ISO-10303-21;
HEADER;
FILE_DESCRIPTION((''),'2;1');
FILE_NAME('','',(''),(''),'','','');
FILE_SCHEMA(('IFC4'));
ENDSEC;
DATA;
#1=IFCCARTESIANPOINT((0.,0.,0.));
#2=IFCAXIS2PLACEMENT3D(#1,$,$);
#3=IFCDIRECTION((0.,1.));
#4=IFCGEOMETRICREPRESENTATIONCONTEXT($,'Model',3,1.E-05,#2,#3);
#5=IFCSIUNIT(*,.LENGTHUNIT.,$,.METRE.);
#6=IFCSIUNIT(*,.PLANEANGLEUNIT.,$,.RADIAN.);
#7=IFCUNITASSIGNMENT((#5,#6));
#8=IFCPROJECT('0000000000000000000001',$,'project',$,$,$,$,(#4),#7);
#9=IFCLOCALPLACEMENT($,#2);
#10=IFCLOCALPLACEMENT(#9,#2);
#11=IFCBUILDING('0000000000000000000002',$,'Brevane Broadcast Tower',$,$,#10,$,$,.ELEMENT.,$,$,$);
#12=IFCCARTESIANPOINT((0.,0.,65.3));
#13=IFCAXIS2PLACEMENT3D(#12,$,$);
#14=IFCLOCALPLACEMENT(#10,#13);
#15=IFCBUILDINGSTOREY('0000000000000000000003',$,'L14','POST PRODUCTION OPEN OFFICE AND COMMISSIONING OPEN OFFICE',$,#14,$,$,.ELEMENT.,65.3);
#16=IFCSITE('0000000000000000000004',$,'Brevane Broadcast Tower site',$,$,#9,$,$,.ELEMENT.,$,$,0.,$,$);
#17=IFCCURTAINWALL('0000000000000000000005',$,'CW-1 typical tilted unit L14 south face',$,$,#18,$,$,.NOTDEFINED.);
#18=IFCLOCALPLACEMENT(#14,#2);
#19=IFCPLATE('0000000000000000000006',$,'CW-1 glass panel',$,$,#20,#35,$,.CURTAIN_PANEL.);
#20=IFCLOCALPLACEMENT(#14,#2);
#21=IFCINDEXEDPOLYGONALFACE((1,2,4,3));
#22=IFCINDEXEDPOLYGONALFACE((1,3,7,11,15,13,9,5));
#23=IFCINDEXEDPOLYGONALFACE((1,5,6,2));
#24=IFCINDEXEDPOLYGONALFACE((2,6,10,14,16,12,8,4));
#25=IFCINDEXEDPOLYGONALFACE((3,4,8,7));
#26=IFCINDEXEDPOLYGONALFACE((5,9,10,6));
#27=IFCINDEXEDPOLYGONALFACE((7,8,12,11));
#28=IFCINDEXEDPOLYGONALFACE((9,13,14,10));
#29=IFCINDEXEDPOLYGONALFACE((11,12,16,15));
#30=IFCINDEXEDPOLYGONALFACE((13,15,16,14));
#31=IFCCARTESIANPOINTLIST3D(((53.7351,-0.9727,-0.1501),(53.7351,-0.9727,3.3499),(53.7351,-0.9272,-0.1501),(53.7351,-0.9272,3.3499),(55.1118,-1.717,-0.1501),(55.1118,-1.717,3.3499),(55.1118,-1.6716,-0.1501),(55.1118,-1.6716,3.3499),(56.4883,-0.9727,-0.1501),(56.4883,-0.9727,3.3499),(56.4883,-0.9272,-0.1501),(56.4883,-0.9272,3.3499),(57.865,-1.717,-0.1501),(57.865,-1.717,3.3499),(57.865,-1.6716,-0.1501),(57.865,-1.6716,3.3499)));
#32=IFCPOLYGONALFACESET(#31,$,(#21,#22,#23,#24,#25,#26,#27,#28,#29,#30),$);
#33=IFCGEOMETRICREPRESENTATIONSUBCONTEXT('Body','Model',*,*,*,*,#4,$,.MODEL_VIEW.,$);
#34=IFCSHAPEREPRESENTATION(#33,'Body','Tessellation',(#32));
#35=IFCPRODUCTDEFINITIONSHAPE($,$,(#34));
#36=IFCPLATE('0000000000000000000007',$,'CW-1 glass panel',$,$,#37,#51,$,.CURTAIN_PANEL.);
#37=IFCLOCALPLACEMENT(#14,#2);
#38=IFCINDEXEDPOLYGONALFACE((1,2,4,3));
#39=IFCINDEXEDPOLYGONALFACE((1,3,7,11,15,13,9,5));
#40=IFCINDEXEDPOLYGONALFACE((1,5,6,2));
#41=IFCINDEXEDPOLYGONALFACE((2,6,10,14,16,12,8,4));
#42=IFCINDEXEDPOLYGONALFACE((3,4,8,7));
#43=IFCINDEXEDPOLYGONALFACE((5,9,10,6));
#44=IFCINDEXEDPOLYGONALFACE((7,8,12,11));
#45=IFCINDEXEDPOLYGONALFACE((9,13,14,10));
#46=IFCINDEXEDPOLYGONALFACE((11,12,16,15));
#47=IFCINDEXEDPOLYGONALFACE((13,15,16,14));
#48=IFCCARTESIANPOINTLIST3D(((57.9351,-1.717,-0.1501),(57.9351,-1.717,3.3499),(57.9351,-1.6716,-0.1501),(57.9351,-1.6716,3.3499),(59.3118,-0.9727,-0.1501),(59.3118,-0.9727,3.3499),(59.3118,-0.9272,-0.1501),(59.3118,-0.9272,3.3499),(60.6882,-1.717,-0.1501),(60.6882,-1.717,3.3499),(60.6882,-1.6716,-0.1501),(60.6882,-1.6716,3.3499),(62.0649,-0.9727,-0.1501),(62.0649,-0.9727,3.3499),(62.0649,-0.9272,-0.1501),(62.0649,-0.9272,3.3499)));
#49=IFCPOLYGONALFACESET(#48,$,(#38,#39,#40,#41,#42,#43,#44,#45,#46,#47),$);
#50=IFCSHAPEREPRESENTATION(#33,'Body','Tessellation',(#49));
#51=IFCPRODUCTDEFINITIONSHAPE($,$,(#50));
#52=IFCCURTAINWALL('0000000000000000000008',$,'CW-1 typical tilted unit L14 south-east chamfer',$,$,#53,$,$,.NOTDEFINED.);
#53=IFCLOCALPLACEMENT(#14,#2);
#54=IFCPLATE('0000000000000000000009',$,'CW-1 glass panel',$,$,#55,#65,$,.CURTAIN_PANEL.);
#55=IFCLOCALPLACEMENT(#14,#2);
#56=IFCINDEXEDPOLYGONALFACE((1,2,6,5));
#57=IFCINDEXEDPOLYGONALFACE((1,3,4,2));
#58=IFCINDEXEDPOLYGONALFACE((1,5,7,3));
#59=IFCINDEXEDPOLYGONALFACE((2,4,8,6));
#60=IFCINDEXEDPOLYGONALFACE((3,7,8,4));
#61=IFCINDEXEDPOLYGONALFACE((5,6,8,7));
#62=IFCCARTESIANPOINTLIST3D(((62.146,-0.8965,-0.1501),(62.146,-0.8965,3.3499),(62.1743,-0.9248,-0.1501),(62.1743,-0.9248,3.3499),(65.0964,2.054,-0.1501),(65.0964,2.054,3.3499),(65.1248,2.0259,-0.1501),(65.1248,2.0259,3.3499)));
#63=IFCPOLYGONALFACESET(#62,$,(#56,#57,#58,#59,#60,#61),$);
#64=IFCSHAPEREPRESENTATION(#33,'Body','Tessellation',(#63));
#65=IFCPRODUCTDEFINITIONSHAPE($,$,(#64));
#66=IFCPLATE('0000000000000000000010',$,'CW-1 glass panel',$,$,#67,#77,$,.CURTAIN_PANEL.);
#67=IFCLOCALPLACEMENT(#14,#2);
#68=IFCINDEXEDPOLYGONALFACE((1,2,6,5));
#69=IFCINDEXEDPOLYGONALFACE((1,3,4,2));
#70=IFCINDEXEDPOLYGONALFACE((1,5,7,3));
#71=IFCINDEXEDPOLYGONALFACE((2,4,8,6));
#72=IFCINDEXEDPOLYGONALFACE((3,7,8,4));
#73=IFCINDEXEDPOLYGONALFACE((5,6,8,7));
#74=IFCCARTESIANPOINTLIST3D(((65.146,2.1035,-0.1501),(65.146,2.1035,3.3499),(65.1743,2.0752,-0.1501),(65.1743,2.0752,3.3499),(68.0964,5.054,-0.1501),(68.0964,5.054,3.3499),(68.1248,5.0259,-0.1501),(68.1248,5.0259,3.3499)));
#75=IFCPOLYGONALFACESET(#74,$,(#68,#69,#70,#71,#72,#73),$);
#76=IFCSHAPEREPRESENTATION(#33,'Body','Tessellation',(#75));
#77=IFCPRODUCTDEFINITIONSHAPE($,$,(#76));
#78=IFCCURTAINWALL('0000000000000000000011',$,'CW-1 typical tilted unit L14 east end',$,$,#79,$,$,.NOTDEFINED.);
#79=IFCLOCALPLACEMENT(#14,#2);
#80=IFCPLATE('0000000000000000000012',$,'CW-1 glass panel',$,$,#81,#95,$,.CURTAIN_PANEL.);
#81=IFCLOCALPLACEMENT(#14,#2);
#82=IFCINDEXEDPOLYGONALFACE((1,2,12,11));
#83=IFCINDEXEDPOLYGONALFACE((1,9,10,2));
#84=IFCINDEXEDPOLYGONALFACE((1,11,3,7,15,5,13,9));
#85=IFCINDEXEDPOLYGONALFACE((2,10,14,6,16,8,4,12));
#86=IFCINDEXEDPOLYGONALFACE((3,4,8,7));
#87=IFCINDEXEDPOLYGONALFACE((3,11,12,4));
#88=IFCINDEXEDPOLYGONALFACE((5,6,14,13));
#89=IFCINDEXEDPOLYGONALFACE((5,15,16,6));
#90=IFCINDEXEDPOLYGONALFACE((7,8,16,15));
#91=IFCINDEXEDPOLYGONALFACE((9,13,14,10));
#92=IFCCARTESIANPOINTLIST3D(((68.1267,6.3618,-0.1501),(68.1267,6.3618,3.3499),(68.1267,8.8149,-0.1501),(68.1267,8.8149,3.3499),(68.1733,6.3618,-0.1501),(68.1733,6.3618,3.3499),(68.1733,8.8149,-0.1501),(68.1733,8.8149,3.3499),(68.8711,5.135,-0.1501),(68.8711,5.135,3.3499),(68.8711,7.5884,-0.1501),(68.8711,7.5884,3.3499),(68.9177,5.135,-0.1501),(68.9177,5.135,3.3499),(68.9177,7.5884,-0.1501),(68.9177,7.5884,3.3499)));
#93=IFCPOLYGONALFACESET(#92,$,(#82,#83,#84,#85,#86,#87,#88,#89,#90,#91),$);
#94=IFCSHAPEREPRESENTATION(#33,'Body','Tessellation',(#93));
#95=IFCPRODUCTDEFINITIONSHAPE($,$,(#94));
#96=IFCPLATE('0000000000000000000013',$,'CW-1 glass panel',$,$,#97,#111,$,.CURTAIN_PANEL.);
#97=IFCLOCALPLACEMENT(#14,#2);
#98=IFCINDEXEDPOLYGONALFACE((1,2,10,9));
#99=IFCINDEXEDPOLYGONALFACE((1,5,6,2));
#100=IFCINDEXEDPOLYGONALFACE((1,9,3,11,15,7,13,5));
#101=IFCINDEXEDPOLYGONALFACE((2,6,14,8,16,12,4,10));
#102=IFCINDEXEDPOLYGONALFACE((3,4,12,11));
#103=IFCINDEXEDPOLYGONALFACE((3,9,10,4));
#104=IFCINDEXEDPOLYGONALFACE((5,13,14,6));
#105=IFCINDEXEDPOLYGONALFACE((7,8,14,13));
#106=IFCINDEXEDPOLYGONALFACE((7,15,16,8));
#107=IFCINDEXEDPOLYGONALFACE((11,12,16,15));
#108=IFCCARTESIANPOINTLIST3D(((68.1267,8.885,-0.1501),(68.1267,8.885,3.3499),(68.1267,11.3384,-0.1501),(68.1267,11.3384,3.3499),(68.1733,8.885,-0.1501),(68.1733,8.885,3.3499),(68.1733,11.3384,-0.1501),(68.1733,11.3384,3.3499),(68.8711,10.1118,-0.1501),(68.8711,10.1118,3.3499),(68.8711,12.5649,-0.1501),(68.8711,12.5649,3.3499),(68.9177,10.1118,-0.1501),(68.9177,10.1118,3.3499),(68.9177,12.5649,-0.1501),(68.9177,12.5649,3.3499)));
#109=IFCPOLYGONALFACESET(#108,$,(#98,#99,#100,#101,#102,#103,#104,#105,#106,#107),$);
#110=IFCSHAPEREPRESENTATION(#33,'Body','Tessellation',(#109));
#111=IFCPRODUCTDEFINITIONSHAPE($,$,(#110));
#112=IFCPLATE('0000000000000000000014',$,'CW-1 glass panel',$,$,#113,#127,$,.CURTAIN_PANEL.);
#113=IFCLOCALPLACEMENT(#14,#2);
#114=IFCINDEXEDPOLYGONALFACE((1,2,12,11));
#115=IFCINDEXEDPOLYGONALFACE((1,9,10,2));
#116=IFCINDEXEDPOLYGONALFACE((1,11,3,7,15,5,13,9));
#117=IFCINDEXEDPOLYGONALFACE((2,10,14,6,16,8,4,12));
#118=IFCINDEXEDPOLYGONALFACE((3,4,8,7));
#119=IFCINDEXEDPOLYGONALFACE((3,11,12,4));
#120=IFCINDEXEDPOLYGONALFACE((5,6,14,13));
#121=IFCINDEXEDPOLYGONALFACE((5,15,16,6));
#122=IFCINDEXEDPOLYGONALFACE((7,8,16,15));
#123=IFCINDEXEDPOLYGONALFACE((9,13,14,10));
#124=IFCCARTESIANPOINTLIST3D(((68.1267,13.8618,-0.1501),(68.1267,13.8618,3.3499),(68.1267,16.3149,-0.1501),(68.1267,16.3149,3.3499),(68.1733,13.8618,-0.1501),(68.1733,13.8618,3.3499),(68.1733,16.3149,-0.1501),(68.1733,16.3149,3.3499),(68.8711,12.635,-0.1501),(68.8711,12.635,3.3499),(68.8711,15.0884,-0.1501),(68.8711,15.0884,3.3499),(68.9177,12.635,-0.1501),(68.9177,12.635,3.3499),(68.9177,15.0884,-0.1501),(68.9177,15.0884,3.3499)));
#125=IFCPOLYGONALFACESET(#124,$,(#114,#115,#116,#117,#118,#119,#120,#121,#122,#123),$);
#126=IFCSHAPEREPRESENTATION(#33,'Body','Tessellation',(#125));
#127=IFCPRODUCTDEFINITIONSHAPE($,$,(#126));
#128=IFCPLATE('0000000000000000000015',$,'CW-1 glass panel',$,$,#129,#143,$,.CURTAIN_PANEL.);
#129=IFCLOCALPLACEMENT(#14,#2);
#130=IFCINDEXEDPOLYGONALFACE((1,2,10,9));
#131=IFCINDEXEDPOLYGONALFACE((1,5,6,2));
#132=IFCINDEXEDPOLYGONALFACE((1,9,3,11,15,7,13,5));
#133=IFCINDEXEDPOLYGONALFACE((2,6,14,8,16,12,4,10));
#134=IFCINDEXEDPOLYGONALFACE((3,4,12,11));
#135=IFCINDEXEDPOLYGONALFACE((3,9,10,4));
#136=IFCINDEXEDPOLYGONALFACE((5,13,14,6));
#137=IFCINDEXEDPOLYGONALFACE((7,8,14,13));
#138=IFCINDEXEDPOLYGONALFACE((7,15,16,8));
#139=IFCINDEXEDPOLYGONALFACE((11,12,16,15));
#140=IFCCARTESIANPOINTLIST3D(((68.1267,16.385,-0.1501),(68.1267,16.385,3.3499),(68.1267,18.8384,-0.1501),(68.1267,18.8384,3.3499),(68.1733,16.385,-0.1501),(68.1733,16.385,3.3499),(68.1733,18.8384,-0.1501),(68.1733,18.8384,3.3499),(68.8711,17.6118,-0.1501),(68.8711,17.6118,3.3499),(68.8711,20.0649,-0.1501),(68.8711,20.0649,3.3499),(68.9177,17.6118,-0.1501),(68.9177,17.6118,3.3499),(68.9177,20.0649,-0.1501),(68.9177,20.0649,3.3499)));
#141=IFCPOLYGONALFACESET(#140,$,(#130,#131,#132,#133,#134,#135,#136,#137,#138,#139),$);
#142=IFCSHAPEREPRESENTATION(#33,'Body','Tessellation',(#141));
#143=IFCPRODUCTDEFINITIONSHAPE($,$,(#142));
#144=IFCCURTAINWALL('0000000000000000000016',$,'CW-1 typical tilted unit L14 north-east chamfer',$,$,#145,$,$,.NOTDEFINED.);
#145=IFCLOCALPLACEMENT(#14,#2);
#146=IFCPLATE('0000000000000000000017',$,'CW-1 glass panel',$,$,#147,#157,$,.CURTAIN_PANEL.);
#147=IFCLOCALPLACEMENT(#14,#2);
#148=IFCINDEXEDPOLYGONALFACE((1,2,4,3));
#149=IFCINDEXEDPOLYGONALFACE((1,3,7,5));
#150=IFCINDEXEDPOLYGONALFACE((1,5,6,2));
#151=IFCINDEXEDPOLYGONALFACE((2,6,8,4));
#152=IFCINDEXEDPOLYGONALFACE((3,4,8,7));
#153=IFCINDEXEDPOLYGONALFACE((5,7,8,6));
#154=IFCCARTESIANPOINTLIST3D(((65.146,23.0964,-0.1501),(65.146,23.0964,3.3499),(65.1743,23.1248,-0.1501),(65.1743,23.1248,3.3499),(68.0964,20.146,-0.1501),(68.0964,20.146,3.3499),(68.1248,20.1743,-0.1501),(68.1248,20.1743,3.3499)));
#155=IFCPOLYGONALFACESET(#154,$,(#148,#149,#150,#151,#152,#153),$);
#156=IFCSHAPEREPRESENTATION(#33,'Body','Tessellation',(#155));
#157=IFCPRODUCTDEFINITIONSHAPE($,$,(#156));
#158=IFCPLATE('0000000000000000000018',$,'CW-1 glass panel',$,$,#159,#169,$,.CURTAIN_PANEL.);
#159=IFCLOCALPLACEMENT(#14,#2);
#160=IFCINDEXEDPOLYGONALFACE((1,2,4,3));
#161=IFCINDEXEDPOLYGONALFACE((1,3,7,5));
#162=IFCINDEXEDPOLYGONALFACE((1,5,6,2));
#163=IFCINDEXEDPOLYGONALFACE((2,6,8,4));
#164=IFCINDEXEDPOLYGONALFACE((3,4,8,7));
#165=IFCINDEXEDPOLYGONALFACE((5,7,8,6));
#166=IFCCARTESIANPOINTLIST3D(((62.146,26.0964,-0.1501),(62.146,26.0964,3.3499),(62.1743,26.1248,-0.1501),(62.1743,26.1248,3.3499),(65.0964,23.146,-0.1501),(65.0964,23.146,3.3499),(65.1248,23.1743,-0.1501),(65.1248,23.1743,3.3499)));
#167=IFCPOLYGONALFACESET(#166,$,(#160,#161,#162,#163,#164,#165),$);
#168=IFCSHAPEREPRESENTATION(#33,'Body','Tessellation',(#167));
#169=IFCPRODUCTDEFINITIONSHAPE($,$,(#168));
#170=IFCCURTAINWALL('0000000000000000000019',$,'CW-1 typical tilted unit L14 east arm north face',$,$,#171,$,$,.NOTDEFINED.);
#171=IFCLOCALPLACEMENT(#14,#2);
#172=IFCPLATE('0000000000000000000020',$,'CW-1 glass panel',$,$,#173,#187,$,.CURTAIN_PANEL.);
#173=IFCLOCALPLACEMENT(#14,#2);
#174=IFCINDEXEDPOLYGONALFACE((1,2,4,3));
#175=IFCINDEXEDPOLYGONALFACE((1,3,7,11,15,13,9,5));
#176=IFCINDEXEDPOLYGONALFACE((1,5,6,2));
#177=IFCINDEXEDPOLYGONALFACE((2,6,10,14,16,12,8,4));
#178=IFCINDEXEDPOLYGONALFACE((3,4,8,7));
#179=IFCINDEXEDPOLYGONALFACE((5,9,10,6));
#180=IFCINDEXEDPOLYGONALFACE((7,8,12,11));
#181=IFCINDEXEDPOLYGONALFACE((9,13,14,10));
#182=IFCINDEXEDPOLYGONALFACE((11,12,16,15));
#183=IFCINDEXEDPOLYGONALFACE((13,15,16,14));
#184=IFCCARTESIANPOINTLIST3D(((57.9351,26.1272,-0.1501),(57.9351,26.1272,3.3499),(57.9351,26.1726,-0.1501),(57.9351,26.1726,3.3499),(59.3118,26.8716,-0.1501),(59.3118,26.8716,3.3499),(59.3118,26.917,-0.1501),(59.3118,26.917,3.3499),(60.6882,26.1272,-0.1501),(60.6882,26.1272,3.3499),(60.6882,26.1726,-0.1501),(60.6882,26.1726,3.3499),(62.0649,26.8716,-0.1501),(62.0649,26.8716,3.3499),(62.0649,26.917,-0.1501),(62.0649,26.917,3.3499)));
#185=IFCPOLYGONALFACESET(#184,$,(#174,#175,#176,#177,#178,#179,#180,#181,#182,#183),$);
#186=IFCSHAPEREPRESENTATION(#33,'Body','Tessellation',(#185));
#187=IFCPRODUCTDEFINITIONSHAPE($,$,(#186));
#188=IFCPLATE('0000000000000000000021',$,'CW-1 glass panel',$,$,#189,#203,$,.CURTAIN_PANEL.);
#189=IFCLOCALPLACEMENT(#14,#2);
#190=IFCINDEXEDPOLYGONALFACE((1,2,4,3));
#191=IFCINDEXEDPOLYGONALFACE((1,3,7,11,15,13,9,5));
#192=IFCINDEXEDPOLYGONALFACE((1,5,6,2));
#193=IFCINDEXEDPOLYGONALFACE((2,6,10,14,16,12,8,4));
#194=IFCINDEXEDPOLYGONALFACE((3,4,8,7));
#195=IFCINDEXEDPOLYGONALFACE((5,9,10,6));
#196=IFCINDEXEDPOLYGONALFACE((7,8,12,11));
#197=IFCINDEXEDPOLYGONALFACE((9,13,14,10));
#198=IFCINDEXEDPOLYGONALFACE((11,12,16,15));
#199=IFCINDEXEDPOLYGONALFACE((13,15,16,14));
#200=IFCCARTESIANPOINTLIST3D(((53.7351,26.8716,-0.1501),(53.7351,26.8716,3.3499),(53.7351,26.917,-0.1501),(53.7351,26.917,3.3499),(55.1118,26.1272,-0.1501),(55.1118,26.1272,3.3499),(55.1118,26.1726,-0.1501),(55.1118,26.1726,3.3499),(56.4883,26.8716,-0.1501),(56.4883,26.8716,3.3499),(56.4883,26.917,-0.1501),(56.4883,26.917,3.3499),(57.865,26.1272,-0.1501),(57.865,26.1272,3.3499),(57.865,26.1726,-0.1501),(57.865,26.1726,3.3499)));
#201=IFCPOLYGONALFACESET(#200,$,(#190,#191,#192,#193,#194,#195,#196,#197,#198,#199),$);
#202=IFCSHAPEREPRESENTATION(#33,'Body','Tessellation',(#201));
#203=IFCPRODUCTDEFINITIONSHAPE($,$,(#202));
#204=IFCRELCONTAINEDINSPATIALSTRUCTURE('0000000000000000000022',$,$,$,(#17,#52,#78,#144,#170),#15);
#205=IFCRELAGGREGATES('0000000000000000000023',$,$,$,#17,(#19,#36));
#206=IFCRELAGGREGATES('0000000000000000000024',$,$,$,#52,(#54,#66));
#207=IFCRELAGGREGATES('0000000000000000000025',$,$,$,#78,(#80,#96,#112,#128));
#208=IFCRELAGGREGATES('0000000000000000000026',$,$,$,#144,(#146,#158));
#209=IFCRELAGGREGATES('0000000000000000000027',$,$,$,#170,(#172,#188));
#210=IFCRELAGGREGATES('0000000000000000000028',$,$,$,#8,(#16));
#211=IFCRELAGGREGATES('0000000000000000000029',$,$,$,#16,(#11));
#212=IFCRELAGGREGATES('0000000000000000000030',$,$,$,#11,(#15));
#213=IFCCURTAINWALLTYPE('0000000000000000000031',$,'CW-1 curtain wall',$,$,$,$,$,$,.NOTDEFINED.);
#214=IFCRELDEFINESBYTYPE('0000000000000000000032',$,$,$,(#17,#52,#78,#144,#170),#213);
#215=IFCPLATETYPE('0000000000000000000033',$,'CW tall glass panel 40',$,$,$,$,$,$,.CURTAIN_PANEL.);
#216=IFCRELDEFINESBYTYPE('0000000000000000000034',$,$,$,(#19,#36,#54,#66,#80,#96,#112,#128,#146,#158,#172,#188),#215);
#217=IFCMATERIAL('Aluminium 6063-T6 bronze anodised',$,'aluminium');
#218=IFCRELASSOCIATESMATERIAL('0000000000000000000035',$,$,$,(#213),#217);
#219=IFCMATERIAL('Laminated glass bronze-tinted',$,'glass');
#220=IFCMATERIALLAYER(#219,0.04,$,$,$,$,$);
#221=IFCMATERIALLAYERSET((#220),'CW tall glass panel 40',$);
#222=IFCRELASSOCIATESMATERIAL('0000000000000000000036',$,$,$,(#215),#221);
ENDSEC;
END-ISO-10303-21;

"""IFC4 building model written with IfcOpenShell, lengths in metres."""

from ifc_helpers import new_model, si_unit, direction, frame, origin, place, context, subcontext, project, spatial, polyline, outline, extrude, material, layer, layer_set, type_object, element, aggregate, save


model = new_model("IFC4")

# Units and contexts
model_context = context("Model", 3, precision=1e-05, world=origin(), true_north=direction((0.0, 1.0)))
body_context = subcontext(model_context, "Body", "Model", "MODEL_VIEW")
ifc_project = project(units=[si_unit("LENGTHUNIT", "METRE"), si_unit("PLANEANGLEUNIT", "RADIAN")], contexts=[model_context])

# Site, building, storey
site_placement = place(None, origin())
site = spatial("IfcSite", under=ifc_project, at=site_placement, Name="Brevane Broadcast Tower site", CompositionType="ELEMENT", RefElevation=0.0)
building_placement = place(site_placement, origin())
building = spatial("IfcBuilding", under=site, at=building_placement, Name="Brevane Broadcast Tower", CompositionType="ELEMENT")
storey_placement = place(building_placement, frame((0.0, 0.0, 65.3)))
storey = spatial("IfcBuildingStorey", under=building, at=storey_placement, Name="L14", Description="POST PRODUCTION OPEN OFFICE AND COMMISSIONING OPEN OFFICE", CompositionType="ELEMENT", Elevation=65.3)

# Curtain walls, plates
ifc_material_1 = material(Name="Aluminium 6063-T6 bronze anodised", Category="aluminium")
curtain_wall_type = type_object("IfcCurtainWallType", Name="CW-1 curtain wall", PredefinedType="NOTDEFINED", material=ifc_material_1)
curtain_wall_1_placement = place(storey_placement, origin())
curtain_wall_1 = element("IfcCurtainWall", 1, at=curtain_wall_1_placement, inside=storey, type_object=curtain_wall_type, Name="CW-1 typical tilted unit L14 south face", PredefinedType="NOTDEFINED")
ifc_material_2 = material(Name="Laminated glass bronze-tinted", Category="glass")
ifc_layer = layer(ifc_material_2, 0.04)
ifc_layer_set = layer_set([ifc_layer], Name="CW tall glass panel 40")
plate_type = type_object("IfcPlateType", Name="CW tall glass panel 40", PredefinedType="CURTAIN_PANEL", material=ifc_layer_set)
plate_1_placement = place(storey_placement, frame((0.0, 0.0, -0.1501)))
plate_1 = element("IfcPlate", 2, at=plate_1_placement, type_object=plate_type, Name="CW-1 glass panel", PredefinedType="CURTAIN_PANEL", context=body_context, shape_type="SweptSolid", body=[
    extrude(outline(polyline([(53.7351, -0.9272), (53.7351, -0.9727), (55.1118, -1.717), (56.4883, -0.9727), (57.865, -1.717), (57.865, -1.6716), (56.4883, -0.9272), (55.1118, -1.6716), (53.7351, -0.9272)])), origin(), (0.0, 0.0, 1.0), 3.5),
])
plate_2_placement = place(storey_placement, frame((0.0, 0.0, -0.1501)))
plate_2 = element("IfcPlate", 3, at=plate_2_placement, type_object=plate_type, Name="CW-1 glass panel", PredefinedType="CURTAIN_PANEL", context=body_context, shape_type="SweptSolid", body=[
    extrude(outline(polyline([(57.9351, -1.6716), (57.9351, -1.717), (59.3118, -0.9727), (60.6882, -1.717), (62.0649, -0.9727), (62.0649, -0.9272), (60.6882, -1.6716), (59.3118, -0.9272), (57.9351, -1.6716)])), origin(), (0.0, 0.0, 1.0), 3.5),
])
aggregate(curtain_wall_1, [plate_1, plate_2])
curtain_wall_2_placement = place(storey_placement, origin())
curtain_wall_2 = element("IfcCurtainWall", 4, at=curtain_wall_2_placement, inside=storey, type_object=curtain_wall_type, Name="CW-1 typical tilted unit L14 south-east chamfer", PredefinedType="NOTDEFINED")
plate_3_placement = place(storey_placement, frame((0.0, 0.0, -0.1501)))
plate_3 = element("IfcPlate", 5, at=plate_3_placement, type_object=plate_type, Name="CW-1 glass panel", PredefinedType="CURTAIN_PANEL", context=body_context, shape_type="SweptSolid", body=[
    extrude(outline(polyline([(62.146, -0.8965), (65.0964, 2.054), (65.1248, 2.0259), (62.1743, -0.9248), (62.146, -0.8965)])), origin(), (0.0, 0.0, 1.0), 3.5),
])
plate_4_placement = place(storey_placement, frame((0.0, 0.0, -0.1501)))
plate_4 = element("IfcPlate", 6, at=plate_4_placement, type_object=plate_type, Name="CW-1 glass panel", PredefinedType="CURTAIN_PANEL", context=body_context, shape_type="SweptSolid", body=[
    extrude(outline(polyline([(65.146, 2.1035), (68.0964, 5.054), (68.1248, 5.0259), (65.1743, 2.0752), (65.146, 2.1035)])), origin(), (0.0, 0.0, 1.0), 3.5),
])
aggregate(curtain_wall_2, [plate_3, plate_4])
curtain_wall_3_placement = place(storey_placement, origin())
curtain_wall_3 = element("IfcCurtainWall", 7, at=curtain_wall_3_placement, inside=storey, type_object=curtain_wall_type, Name="CW-1 typical tilted unit L14 east end", PredefinedType="NOTDEFINED")
plate_5_placement = place(storey_placement, frame((0.0, 0.0, -0.1501)))
plate_5 = element("IfcPlate", 8, at=plate_5_placement, type_object=plate_type, Name="CW-1 glass panel", PredefinedType="CURTAIN_PANEL", context=body_context, shape_type="SweptSolid", body=[
    extrude(outline(polyline([(68.8711, 5.135), (68.9177, 5.135), (68.1733, 6.3618), (68.9177, 7.5884), (68.1733, 8.8149), (68.1267, 8.8149), (68.8711, 7.5884), (68.1267, 6.3618), (68.8711, 5.135)])), origin(), (0.0, 0.0, 1.0), 3.5),
])
plate_6_placement = place(storey_placement, frame((0.0, 0.0, -0.1501)))
plate_6 = element("IfcPlate", 9, at=plate_6_placement, type_object=plate_type, Name="CW-1 glass panel", PredefinedType="CURTAIN_PANEL", context=body_context, shape_type="SweptSolid", body=[
    extrude(outline(polyline([(68.1267, 8.885), (68.1733, 8.885), (68.9177, 10.1118), (68.1733, 11.3384), (68.9177, 12.5649), (68.8711, 12.5649), (68.1267, 11.3384), (68.8711, 10.1118), (68.1267, 8.885)])), origin(), (0.0, 0.0, 1.0), 3.5),
])
plate_7_placement = place(storey_placement, frame((0.0, 0.0, -0.1501)))
plate_7 = element("IfcPlate", 10, at=plate_7_placement, type_object=plate_type, Name="CW-1 glass panel", PredefinedType="CURTAIN_PANEL", context=body_context, shape_type="SweptSolid", body=[
    extrude(outline(polyline([(68.8711, 12.635), (68.9177, 12.635), (68.1733, 13.8618), (68.9177, 15.0884), (68.1733, 16.3149), (68.1267, 16.3149), (68.8711, 15.0884), (68.1267, 13.8618), (68.8711, 12.635)])), origin(), (0.0, 0.0, 1.0), 3.5),
])
plate_8_placement = place(storey_placement, frame((0.0, 0.0, -0.1501)))
plate_8 = element("IfcPlate", 11, at=plate_8_placement, type_object=plate_type, Name="CW-1 glass panel", PredefinedType="CURTAIN_PANEL", context=body_context, shape_type="SweptSolid", body=[
    extrude(outline(polyline([(68.1267, 16.385), (68.1733, 16.385), (68.9177, 17.6118), (68.1733, 18.8384), (68.9177, 20.0649), (68.8711, 20.0649), (68.1267, 18.8384), (68.8711, 17.6118), (68.1267, 16.385)])), origin(), (0.0, 0.0, 1.0), 3.5),
])
aggregate(curtain_wall_3, [plate_5, plate_6, plate_7, plate_8])
curtain_wall_4_placement = place(storey_placement, origin())
curtain_wall_4 = element("IfcCurtainWall", 12, at=curtain_wall_4_placement, inside=storey, type_object=curtain_wall_type, Name="CW-1 typical tilted unit L14 north-east chamfer", PredefinedType="NOTDEFINED")
plate_9_placement = place(storey_placement, frame((0.0, 0.0, -0.1501)))
plate_9 = element("IfcPlate", 13, at=plate_9_placement, type_object=plate_type, Name="CW-1 glass panel", PredefinedType="CURTAIN_PANEL", context=body_context, shape_type="SweptSolid", body=[
    extrude(outline(polyline([(68.0964, 20.146), (65.146, 23.0964), (65.1743, 23.1248), (68.1248, 20.1743), (68.0964, 20.146)])), origin(), (0.0, 0.0, 1.0), 3.5),
])
plate_10_placement = place(storey_placement, frame((0.0, 0.0, -0.1501)))
plate_10 = element("IfcPlate", 14, at=plate_10_placement, type_object=plate_type, Name="CW-1 glass panel", PredefinedType="CURTAIN_PANEL", context=body_context, shape_type="SweptSolid", body=[
    extrude(outline(polyline([(65.0964, 23.146), (62.146, 26.0964), (62.1743, 26.1248), (65.1248, 23.1743), (65.0964, 23.146)])), origin(), (0.0, 0.0, 1.0), 3.5),
])
aggregate(curtain_wall_4, [plate_9, plate_10])
curtain_wall_5_placement = place(storey_placement, origin())
curtain_wall_5 = element("IfcCurtainWall", 15, at=curtain_wall_5_placement, inside=storey, type_object=curtain_wall_type, Name="CW-1 typical tilted unit L14 east arm north face", PredefinedType="NOTDEFINED")
plate_11_placement = place(storey_placement, frame((0.0, 0.0, -0.1501)))
plate_11 = element("IfcPlate", 16, at=plate_11_placement, type_object=plate_type, Name="CW-1 glass panel", PredefinedType="CURTAIN_PANEL", context=body_context, shape_type="SweptSolid", body=[
    extrude(outline(polyline([(62.0649, 26.8716), (62.0649, 26.917), (60.6882, 26.1726), (59.3118, 26.917), (57.9351, 26.1726), (57.9351, 26.1272), (59.3118, 26.8716), (60.6882, 26.1272), (62.0649, 26.8716)])), origin(), (0.0, 0.0, 1.0), 3.5),
])
plate_12_placement = place(storey_placement, frame((0.0, 0.0, -0.1501)))
plate_12 = element("IfcPlate", 17, at=plate_12_placement, type_object=plate_type, Name="CW-1 glass panel", PredefinedType="CURTAIN_PANEL", context=body_context, shape_type="SweptSolid", body=[
    extrude(outline(polyline([(57.865, 26.1272), (57.865, 26.1726), (56.4883, 26.917), (55.1118, 26.1726), (53.7351, 26.917), (53.7351, 26.8716), (55.1118, 26.1272), (56.4883, 26.8716), (57.865, 26.1272)])), origin(), (0.0, 0.0, 1.0), 3.5),
])
aggregate(curtain_wall_5, [plate_11, plate_12])

save(model, "model.ifc")
